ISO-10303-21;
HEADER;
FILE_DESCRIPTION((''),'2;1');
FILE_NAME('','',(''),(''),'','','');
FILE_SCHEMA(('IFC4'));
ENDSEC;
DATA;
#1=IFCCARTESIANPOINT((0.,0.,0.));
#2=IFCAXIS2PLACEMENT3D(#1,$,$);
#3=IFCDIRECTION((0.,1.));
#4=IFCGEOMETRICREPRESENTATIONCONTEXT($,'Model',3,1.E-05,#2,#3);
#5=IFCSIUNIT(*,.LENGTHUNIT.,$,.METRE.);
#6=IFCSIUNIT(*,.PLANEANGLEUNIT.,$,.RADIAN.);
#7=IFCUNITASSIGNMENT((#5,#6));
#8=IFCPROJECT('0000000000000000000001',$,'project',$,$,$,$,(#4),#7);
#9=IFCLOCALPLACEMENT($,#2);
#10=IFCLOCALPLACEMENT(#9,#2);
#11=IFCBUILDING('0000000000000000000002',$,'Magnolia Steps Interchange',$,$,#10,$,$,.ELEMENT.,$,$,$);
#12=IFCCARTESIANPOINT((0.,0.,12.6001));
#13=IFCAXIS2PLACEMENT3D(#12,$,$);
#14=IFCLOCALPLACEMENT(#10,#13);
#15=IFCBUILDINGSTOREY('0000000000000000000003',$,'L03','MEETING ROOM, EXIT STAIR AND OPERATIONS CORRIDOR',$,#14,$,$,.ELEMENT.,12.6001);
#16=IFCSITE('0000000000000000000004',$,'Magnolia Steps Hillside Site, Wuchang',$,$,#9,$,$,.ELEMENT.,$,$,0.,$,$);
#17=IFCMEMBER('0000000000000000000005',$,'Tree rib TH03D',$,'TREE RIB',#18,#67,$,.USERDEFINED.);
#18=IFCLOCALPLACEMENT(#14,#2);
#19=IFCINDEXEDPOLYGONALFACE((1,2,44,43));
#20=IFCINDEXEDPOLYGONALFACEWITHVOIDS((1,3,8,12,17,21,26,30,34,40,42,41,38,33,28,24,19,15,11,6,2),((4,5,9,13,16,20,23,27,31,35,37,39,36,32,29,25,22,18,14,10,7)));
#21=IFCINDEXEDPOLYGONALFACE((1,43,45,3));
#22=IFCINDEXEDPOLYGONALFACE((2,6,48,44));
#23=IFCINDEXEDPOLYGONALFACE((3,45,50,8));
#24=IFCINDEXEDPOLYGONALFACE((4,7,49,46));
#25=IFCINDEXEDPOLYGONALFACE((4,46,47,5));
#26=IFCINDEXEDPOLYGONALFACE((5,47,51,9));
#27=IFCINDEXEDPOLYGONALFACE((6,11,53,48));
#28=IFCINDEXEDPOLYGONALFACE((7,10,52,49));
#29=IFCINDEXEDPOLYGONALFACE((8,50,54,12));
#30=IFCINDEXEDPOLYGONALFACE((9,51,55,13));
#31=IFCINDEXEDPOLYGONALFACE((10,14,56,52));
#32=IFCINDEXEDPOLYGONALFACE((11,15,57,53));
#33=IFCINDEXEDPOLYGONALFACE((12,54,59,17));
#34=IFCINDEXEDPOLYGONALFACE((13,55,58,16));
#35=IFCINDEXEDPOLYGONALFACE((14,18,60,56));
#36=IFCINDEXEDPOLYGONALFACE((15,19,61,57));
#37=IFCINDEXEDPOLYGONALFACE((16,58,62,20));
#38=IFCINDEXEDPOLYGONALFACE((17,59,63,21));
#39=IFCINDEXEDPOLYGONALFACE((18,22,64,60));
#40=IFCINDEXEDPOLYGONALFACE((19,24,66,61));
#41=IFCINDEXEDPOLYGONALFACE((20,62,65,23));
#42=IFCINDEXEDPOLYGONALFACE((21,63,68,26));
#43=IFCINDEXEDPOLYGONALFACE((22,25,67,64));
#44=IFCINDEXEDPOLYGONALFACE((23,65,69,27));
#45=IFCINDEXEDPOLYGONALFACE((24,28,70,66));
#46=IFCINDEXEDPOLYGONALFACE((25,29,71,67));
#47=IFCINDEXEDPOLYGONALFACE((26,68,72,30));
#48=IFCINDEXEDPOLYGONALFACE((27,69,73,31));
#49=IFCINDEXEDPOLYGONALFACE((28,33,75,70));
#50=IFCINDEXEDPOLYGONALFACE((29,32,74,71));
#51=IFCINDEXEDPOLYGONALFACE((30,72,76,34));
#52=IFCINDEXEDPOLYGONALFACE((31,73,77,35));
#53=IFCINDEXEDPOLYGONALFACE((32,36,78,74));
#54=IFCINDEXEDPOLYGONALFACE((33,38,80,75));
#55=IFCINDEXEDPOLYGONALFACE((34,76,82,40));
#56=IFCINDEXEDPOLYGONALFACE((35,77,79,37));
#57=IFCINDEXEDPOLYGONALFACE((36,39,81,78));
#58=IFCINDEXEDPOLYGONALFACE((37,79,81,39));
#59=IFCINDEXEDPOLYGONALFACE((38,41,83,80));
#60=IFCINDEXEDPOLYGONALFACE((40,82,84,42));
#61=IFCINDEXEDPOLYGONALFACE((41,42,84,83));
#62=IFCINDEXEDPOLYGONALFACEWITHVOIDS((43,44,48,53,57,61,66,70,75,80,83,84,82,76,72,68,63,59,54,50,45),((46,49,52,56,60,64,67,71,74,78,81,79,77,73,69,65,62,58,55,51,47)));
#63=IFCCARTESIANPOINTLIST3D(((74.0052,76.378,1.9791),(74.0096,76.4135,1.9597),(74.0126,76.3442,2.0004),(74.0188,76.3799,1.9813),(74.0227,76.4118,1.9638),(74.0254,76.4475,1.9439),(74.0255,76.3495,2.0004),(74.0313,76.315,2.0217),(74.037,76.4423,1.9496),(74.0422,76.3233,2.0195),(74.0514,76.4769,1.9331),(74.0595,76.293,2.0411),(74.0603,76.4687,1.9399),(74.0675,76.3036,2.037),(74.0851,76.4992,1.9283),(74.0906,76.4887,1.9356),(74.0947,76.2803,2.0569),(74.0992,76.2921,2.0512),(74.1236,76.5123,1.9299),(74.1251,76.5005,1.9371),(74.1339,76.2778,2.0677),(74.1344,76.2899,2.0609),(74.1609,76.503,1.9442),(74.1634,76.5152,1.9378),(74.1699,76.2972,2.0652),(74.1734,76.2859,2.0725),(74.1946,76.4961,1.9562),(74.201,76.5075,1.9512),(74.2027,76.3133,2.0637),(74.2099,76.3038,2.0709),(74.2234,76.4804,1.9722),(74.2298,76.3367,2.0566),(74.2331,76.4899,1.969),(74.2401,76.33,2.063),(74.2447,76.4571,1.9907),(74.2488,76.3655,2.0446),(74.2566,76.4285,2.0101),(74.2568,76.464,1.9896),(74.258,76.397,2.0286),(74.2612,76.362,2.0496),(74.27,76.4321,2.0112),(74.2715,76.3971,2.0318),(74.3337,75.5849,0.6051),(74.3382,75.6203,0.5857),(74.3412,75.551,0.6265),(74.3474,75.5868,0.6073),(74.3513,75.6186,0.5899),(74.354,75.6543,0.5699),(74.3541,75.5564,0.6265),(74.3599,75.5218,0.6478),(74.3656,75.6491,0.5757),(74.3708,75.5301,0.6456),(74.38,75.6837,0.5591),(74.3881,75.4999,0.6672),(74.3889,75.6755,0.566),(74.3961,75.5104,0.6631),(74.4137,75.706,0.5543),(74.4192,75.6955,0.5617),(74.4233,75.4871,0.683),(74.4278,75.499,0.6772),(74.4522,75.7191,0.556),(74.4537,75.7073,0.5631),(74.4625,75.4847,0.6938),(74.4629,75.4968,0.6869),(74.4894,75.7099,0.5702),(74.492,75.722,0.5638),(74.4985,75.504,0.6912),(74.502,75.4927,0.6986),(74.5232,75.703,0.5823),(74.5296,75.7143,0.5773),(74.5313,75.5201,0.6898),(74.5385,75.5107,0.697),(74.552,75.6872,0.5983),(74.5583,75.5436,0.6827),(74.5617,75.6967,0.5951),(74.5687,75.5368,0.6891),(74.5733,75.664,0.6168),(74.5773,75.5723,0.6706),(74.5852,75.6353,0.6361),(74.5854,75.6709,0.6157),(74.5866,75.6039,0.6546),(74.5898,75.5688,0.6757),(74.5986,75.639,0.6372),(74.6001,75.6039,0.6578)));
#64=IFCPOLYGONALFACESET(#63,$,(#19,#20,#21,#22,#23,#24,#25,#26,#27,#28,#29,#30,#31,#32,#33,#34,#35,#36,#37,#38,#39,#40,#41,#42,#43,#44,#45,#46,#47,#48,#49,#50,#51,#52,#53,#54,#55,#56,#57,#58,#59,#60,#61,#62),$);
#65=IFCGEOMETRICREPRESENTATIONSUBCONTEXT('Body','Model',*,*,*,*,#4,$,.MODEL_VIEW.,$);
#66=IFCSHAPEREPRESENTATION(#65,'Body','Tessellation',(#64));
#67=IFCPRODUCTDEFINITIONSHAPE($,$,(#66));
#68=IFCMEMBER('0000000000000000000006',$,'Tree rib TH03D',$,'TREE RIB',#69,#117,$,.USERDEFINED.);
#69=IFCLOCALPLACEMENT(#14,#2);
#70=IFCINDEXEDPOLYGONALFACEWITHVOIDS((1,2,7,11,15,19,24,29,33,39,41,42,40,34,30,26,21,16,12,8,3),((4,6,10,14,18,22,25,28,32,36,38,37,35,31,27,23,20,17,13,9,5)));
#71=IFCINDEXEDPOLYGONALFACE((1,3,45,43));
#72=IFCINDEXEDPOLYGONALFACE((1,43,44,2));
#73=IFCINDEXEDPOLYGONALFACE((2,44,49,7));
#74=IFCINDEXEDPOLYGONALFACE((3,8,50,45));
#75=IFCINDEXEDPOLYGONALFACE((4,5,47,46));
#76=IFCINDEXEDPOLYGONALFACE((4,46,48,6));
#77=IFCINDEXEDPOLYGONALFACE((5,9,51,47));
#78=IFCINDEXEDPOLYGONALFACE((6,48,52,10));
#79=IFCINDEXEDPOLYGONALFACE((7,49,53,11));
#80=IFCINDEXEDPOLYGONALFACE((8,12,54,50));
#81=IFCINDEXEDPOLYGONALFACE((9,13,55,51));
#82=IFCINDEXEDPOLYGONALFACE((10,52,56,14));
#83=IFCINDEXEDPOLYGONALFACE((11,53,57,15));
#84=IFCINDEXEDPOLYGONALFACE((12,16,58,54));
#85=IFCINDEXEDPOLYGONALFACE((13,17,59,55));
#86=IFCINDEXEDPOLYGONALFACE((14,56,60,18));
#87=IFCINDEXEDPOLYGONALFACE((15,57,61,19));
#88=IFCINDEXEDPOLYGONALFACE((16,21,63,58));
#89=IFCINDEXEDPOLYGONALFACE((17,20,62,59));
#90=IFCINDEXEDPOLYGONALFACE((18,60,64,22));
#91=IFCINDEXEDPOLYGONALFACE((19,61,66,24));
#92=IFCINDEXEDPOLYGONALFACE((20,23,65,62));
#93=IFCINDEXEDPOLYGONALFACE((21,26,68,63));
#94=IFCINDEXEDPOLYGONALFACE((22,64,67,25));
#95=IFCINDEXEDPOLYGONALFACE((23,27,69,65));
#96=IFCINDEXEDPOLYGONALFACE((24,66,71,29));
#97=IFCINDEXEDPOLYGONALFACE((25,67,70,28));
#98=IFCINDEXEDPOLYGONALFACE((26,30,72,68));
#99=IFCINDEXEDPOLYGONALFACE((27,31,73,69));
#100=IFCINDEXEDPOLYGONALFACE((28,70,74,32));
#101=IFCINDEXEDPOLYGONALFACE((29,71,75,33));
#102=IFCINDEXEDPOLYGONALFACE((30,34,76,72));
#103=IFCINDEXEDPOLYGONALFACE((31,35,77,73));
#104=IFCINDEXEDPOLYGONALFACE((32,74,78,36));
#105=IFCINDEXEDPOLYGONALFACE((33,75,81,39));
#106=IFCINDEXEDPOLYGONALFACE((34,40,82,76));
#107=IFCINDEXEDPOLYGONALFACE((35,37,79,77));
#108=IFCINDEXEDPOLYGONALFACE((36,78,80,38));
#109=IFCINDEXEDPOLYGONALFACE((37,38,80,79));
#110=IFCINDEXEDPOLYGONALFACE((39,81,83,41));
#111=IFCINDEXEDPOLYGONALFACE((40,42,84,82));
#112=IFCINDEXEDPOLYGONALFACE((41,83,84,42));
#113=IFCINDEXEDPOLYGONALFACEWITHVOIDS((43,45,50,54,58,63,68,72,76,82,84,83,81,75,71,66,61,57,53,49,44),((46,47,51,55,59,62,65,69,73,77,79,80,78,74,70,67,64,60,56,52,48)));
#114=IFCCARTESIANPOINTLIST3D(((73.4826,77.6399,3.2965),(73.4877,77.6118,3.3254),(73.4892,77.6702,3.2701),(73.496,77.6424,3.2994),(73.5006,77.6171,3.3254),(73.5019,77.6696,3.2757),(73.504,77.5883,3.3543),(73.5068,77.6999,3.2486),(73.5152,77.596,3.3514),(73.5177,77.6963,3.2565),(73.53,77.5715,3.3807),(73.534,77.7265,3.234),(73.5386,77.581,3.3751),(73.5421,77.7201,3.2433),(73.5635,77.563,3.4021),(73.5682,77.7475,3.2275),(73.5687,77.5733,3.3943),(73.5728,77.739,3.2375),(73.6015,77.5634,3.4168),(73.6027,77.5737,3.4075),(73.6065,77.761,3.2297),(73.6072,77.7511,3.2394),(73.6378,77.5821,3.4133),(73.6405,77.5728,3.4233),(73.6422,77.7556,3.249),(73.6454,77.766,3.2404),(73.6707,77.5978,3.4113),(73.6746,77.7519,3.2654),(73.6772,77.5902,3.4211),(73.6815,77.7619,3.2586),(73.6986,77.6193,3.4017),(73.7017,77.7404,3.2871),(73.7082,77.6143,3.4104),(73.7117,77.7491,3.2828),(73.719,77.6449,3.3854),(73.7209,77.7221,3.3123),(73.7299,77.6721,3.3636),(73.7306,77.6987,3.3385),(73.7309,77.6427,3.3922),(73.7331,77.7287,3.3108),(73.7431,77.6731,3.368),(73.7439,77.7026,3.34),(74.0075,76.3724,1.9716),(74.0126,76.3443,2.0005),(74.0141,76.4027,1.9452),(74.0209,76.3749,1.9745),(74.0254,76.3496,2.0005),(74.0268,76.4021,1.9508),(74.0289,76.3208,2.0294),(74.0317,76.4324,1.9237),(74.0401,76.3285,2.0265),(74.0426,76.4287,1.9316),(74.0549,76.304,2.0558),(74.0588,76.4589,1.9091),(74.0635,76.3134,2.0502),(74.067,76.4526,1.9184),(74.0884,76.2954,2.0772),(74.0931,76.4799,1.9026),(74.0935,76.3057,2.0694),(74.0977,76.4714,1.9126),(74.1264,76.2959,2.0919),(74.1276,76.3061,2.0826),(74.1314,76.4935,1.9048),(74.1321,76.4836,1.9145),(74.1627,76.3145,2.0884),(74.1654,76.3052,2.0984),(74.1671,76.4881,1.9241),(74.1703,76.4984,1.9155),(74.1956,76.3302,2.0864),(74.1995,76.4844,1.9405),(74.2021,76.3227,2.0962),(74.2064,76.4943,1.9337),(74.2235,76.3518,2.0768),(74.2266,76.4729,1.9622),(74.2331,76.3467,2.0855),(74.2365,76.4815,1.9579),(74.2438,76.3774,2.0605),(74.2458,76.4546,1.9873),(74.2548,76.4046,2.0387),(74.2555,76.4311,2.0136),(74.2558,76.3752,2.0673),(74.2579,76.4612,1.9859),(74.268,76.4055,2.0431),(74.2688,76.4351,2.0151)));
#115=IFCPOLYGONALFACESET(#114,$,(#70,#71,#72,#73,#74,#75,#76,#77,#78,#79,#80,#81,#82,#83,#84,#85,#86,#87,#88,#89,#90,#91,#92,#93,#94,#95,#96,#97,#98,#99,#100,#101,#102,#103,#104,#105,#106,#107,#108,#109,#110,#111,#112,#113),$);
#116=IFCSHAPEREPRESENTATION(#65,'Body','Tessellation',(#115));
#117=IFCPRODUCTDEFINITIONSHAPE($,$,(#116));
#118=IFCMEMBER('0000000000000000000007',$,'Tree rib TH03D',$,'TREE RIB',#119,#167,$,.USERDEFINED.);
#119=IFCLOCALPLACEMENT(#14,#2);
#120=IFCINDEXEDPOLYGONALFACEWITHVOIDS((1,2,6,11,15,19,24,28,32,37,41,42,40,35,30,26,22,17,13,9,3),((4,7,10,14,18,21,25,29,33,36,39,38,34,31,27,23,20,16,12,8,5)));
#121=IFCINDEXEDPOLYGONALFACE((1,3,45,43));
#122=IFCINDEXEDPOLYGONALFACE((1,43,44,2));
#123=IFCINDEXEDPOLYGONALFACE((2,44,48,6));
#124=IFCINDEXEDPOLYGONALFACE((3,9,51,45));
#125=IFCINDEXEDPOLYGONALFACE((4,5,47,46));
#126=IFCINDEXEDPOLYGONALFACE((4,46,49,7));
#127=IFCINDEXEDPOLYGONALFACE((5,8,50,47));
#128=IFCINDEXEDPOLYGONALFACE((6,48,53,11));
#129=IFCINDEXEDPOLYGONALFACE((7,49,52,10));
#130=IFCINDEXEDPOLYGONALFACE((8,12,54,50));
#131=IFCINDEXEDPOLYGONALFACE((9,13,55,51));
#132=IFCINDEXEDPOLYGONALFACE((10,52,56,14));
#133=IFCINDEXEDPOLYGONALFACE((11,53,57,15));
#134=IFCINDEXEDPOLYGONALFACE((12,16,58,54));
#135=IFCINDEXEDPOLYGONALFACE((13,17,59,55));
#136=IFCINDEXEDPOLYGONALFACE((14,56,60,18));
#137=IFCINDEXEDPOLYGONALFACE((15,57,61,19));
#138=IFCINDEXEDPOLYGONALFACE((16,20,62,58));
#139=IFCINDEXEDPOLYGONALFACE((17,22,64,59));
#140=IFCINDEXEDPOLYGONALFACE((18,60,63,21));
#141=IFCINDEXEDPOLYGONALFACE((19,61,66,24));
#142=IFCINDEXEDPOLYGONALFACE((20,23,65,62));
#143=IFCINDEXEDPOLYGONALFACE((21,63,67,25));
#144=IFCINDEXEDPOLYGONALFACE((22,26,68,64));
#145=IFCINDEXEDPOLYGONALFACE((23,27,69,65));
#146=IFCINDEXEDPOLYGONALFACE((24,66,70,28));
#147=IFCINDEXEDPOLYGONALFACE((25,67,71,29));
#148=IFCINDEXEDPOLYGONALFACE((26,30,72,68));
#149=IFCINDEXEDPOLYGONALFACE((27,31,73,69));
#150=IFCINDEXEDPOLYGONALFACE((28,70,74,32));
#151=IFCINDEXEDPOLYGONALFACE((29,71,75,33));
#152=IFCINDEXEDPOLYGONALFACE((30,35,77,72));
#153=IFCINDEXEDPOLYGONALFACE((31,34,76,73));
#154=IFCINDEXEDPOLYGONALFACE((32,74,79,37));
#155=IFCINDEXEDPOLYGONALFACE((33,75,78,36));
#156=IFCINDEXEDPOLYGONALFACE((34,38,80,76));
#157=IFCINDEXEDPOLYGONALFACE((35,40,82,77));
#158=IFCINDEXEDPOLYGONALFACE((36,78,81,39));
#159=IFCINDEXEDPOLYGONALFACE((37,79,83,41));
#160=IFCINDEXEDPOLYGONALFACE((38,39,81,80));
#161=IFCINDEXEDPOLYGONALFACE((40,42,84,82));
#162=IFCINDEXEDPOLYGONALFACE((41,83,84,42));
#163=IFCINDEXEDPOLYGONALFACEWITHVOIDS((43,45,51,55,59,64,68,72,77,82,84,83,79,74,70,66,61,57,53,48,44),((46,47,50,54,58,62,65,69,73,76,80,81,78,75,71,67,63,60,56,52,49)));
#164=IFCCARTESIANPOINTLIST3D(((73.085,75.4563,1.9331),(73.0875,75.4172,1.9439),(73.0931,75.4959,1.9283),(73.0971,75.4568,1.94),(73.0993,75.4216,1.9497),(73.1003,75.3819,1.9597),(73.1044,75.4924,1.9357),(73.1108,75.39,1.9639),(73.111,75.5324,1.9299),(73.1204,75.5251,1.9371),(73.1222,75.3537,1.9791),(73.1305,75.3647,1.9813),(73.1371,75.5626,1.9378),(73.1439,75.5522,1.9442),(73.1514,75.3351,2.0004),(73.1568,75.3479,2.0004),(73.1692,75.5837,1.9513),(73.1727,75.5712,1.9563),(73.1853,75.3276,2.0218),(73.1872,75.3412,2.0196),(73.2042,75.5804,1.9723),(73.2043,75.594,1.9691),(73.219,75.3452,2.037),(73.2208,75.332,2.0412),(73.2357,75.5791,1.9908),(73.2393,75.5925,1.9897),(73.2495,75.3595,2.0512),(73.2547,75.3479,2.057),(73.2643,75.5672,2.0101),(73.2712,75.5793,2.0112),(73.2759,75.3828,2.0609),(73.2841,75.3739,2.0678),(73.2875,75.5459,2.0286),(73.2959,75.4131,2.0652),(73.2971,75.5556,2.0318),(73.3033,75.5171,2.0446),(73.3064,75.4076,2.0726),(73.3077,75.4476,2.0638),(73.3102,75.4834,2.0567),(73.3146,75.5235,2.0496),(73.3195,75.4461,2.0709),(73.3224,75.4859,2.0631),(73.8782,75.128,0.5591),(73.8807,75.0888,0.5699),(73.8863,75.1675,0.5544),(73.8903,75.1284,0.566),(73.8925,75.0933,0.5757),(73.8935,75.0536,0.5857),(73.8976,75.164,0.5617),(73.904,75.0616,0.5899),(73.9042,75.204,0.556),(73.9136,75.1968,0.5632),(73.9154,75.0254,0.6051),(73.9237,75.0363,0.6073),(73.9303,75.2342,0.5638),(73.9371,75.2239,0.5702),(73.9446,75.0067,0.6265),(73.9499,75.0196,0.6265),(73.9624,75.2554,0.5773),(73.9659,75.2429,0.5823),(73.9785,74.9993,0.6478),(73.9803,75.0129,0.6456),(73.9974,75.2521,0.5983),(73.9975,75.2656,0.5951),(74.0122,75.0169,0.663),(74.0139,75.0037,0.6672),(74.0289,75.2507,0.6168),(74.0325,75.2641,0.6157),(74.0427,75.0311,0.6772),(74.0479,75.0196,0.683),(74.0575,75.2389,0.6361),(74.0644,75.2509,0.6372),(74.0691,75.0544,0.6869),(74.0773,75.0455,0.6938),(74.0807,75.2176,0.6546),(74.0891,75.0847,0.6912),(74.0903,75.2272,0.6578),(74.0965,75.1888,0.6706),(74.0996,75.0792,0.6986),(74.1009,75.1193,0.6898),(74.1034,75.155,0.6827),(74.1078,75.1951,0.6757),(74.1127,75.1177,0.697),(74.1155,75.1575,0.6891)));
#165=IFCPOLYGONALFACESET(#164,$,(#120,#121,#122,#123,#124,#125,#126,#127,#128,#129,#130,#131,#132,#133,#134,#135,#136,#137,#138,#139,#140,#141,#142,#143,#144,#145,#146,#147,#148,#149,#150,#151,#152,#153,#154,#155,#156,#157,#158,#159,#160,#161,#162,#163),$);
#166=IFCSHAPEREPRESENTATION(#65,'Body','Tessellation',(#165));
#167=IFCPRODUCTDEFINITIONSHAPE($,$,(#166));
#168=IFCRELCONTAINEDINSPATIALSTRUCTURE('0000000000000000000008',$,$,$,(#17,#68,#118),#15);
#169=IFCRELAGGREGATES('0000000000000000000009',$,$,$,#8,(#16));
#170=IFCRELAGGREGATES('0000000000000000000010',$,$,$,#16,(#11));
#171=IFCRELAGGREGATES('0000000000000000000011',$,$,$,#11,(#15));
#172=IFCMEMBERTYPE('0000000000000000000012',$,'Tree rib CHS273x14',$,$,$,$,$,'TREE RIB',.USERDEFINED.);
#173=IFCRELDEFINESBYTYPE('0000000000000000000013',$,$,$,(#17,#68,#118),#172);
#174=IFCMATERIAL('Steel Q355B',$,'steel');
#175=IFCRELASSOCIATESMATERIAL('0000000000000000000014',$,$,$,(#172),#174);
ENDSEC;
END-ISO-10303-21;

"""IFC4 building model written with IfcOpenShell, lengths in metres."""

from ifc_helpers import new_model, si_unit, direction, frame, origin, origin_2d, place, context, subcontext, project, spatial, hollow_circle, extrude, material, material_profile, profile_set, type_object, element, save


model = new_model("IFC4")

# Units and contexts
model_context = context("Model", 3, precision=1e-05, world=origin(), true_north=direction((0.0, 1.0)))
body_context = subcontext(model_context, "Body", "Model", "MODEL_VIEW")
ifc_project = project(units=[si_unit("LENGTHUNIT", "METRE"), si_unit("PLANEANGLEUNIT", "RADIAN")], contexts=[model_context])

# Site, building, storey
site_placement = place(None, origin())
site = spatial("IfcSite", under=ifc_project, at=site_placement, Name="Magnolia Steps Hillside Site, Wuchang", CompositionType="ELEMENT", RefElevation=0.0)
building_placement = place(site_placement, origin())
building = spatial("IfcBuilding", under=site, at=building_placement, Name="Magnolia Steps Interchange", CompositionType="ELEMENT")
storey_placement = place(building_placement, frame((0.0, 0.0, 12.6001)))
storey = spatial("IfcBuildingStorey", under=building, at=storey_placement, Name="L03", Description="MEETING ROOM, EXIT STAIR AND OPERATIONS CORRIDOR", CompositionType="ELEMENT", Elevation=12.6001)

# Members
ifc_material_1 = material(Name="Steel Q355B", Category="steel")
ifc_material_profile_1 = material_profile(ifc_material_1, hollow_circle(Radius=0.1365, WallThickness=0.0139, at=origin_2d()), Name="CHS273x14")
ifc_profile_set_1 = profile_set([ifc_material_profile_1], Name="Steel Q355B")
member_type = type_object("IfcMemberType", Name="Tree rib CHS273x14", ElementType="TREE RIB", PredefinedType="USERDEFINED", material=ifc_profile_set_1)
member_1_placement = place(storey_placement, frame((74.4673, 75.6033, 0.6265), z_axis=(-0.20282, 0.489571, 0.848047), x_axis=(-0.923857, -0.382737, 0.0)))
element("IfcMember", 1, at=member_1_placement, inside=storey, type_object=member_type, Name="Tree rib TH03D", ObjectType="TREE RIB", PredefinedType="USERDEFINED", context=body_context, shape_type="SweptSolid", body=[
    extrude(hollow_circle(Radius=0.1365, WallThickness=0.0139, at=origin_2d()), origin(), (0.0, 0.0, 1.0), 1.6201),
])
member_2_placement = place(storey_placement, frame((74.1387, 76.3965, 2.0005), z_axis=(-0.275208, 0.664595, 0.694676), x_axis=(-0.923917, -0.382593, 0.0)))
element("IfcMember", 2, at=member_2_placement, inside=storey, type_object=member_type, Name="Tree rib TH03D", ObjectType="TREE RIB", PredefinedType="USERDEFINED", context=body_context, shape_type="SweptSolid", body=[
    extrude(hollow_circle(Radius=0.1365, WallThickness=0.0139, at=origin_2d()), origin(), (0.0, 0.0, 1.0), 1.9072),
])
member_3_placement = place(storey_placement, frame((73.9968, 75.1328, 0.6265), z_axis=(-0.489586, 0.202676, 0.848073), x_axis=(-0.382494, -0.923958, 0.0)))
element("IfcMember", 3, at=member_3_placement, inside=storey, type_object=member_type, Name="Tree rib TH03D", ObjectType="TREE RIB", PredefinedType="USERDEFINED", context=body_context, shape_type="SweptSolid", body=[
    extrude(hollow_circle(Radius=0.1365, WallThickness=0.0139, at=origin_2d()), origin(), (0.0, 0.0, 1.0), 1.6201),
])

save(model, "model.ifc")
